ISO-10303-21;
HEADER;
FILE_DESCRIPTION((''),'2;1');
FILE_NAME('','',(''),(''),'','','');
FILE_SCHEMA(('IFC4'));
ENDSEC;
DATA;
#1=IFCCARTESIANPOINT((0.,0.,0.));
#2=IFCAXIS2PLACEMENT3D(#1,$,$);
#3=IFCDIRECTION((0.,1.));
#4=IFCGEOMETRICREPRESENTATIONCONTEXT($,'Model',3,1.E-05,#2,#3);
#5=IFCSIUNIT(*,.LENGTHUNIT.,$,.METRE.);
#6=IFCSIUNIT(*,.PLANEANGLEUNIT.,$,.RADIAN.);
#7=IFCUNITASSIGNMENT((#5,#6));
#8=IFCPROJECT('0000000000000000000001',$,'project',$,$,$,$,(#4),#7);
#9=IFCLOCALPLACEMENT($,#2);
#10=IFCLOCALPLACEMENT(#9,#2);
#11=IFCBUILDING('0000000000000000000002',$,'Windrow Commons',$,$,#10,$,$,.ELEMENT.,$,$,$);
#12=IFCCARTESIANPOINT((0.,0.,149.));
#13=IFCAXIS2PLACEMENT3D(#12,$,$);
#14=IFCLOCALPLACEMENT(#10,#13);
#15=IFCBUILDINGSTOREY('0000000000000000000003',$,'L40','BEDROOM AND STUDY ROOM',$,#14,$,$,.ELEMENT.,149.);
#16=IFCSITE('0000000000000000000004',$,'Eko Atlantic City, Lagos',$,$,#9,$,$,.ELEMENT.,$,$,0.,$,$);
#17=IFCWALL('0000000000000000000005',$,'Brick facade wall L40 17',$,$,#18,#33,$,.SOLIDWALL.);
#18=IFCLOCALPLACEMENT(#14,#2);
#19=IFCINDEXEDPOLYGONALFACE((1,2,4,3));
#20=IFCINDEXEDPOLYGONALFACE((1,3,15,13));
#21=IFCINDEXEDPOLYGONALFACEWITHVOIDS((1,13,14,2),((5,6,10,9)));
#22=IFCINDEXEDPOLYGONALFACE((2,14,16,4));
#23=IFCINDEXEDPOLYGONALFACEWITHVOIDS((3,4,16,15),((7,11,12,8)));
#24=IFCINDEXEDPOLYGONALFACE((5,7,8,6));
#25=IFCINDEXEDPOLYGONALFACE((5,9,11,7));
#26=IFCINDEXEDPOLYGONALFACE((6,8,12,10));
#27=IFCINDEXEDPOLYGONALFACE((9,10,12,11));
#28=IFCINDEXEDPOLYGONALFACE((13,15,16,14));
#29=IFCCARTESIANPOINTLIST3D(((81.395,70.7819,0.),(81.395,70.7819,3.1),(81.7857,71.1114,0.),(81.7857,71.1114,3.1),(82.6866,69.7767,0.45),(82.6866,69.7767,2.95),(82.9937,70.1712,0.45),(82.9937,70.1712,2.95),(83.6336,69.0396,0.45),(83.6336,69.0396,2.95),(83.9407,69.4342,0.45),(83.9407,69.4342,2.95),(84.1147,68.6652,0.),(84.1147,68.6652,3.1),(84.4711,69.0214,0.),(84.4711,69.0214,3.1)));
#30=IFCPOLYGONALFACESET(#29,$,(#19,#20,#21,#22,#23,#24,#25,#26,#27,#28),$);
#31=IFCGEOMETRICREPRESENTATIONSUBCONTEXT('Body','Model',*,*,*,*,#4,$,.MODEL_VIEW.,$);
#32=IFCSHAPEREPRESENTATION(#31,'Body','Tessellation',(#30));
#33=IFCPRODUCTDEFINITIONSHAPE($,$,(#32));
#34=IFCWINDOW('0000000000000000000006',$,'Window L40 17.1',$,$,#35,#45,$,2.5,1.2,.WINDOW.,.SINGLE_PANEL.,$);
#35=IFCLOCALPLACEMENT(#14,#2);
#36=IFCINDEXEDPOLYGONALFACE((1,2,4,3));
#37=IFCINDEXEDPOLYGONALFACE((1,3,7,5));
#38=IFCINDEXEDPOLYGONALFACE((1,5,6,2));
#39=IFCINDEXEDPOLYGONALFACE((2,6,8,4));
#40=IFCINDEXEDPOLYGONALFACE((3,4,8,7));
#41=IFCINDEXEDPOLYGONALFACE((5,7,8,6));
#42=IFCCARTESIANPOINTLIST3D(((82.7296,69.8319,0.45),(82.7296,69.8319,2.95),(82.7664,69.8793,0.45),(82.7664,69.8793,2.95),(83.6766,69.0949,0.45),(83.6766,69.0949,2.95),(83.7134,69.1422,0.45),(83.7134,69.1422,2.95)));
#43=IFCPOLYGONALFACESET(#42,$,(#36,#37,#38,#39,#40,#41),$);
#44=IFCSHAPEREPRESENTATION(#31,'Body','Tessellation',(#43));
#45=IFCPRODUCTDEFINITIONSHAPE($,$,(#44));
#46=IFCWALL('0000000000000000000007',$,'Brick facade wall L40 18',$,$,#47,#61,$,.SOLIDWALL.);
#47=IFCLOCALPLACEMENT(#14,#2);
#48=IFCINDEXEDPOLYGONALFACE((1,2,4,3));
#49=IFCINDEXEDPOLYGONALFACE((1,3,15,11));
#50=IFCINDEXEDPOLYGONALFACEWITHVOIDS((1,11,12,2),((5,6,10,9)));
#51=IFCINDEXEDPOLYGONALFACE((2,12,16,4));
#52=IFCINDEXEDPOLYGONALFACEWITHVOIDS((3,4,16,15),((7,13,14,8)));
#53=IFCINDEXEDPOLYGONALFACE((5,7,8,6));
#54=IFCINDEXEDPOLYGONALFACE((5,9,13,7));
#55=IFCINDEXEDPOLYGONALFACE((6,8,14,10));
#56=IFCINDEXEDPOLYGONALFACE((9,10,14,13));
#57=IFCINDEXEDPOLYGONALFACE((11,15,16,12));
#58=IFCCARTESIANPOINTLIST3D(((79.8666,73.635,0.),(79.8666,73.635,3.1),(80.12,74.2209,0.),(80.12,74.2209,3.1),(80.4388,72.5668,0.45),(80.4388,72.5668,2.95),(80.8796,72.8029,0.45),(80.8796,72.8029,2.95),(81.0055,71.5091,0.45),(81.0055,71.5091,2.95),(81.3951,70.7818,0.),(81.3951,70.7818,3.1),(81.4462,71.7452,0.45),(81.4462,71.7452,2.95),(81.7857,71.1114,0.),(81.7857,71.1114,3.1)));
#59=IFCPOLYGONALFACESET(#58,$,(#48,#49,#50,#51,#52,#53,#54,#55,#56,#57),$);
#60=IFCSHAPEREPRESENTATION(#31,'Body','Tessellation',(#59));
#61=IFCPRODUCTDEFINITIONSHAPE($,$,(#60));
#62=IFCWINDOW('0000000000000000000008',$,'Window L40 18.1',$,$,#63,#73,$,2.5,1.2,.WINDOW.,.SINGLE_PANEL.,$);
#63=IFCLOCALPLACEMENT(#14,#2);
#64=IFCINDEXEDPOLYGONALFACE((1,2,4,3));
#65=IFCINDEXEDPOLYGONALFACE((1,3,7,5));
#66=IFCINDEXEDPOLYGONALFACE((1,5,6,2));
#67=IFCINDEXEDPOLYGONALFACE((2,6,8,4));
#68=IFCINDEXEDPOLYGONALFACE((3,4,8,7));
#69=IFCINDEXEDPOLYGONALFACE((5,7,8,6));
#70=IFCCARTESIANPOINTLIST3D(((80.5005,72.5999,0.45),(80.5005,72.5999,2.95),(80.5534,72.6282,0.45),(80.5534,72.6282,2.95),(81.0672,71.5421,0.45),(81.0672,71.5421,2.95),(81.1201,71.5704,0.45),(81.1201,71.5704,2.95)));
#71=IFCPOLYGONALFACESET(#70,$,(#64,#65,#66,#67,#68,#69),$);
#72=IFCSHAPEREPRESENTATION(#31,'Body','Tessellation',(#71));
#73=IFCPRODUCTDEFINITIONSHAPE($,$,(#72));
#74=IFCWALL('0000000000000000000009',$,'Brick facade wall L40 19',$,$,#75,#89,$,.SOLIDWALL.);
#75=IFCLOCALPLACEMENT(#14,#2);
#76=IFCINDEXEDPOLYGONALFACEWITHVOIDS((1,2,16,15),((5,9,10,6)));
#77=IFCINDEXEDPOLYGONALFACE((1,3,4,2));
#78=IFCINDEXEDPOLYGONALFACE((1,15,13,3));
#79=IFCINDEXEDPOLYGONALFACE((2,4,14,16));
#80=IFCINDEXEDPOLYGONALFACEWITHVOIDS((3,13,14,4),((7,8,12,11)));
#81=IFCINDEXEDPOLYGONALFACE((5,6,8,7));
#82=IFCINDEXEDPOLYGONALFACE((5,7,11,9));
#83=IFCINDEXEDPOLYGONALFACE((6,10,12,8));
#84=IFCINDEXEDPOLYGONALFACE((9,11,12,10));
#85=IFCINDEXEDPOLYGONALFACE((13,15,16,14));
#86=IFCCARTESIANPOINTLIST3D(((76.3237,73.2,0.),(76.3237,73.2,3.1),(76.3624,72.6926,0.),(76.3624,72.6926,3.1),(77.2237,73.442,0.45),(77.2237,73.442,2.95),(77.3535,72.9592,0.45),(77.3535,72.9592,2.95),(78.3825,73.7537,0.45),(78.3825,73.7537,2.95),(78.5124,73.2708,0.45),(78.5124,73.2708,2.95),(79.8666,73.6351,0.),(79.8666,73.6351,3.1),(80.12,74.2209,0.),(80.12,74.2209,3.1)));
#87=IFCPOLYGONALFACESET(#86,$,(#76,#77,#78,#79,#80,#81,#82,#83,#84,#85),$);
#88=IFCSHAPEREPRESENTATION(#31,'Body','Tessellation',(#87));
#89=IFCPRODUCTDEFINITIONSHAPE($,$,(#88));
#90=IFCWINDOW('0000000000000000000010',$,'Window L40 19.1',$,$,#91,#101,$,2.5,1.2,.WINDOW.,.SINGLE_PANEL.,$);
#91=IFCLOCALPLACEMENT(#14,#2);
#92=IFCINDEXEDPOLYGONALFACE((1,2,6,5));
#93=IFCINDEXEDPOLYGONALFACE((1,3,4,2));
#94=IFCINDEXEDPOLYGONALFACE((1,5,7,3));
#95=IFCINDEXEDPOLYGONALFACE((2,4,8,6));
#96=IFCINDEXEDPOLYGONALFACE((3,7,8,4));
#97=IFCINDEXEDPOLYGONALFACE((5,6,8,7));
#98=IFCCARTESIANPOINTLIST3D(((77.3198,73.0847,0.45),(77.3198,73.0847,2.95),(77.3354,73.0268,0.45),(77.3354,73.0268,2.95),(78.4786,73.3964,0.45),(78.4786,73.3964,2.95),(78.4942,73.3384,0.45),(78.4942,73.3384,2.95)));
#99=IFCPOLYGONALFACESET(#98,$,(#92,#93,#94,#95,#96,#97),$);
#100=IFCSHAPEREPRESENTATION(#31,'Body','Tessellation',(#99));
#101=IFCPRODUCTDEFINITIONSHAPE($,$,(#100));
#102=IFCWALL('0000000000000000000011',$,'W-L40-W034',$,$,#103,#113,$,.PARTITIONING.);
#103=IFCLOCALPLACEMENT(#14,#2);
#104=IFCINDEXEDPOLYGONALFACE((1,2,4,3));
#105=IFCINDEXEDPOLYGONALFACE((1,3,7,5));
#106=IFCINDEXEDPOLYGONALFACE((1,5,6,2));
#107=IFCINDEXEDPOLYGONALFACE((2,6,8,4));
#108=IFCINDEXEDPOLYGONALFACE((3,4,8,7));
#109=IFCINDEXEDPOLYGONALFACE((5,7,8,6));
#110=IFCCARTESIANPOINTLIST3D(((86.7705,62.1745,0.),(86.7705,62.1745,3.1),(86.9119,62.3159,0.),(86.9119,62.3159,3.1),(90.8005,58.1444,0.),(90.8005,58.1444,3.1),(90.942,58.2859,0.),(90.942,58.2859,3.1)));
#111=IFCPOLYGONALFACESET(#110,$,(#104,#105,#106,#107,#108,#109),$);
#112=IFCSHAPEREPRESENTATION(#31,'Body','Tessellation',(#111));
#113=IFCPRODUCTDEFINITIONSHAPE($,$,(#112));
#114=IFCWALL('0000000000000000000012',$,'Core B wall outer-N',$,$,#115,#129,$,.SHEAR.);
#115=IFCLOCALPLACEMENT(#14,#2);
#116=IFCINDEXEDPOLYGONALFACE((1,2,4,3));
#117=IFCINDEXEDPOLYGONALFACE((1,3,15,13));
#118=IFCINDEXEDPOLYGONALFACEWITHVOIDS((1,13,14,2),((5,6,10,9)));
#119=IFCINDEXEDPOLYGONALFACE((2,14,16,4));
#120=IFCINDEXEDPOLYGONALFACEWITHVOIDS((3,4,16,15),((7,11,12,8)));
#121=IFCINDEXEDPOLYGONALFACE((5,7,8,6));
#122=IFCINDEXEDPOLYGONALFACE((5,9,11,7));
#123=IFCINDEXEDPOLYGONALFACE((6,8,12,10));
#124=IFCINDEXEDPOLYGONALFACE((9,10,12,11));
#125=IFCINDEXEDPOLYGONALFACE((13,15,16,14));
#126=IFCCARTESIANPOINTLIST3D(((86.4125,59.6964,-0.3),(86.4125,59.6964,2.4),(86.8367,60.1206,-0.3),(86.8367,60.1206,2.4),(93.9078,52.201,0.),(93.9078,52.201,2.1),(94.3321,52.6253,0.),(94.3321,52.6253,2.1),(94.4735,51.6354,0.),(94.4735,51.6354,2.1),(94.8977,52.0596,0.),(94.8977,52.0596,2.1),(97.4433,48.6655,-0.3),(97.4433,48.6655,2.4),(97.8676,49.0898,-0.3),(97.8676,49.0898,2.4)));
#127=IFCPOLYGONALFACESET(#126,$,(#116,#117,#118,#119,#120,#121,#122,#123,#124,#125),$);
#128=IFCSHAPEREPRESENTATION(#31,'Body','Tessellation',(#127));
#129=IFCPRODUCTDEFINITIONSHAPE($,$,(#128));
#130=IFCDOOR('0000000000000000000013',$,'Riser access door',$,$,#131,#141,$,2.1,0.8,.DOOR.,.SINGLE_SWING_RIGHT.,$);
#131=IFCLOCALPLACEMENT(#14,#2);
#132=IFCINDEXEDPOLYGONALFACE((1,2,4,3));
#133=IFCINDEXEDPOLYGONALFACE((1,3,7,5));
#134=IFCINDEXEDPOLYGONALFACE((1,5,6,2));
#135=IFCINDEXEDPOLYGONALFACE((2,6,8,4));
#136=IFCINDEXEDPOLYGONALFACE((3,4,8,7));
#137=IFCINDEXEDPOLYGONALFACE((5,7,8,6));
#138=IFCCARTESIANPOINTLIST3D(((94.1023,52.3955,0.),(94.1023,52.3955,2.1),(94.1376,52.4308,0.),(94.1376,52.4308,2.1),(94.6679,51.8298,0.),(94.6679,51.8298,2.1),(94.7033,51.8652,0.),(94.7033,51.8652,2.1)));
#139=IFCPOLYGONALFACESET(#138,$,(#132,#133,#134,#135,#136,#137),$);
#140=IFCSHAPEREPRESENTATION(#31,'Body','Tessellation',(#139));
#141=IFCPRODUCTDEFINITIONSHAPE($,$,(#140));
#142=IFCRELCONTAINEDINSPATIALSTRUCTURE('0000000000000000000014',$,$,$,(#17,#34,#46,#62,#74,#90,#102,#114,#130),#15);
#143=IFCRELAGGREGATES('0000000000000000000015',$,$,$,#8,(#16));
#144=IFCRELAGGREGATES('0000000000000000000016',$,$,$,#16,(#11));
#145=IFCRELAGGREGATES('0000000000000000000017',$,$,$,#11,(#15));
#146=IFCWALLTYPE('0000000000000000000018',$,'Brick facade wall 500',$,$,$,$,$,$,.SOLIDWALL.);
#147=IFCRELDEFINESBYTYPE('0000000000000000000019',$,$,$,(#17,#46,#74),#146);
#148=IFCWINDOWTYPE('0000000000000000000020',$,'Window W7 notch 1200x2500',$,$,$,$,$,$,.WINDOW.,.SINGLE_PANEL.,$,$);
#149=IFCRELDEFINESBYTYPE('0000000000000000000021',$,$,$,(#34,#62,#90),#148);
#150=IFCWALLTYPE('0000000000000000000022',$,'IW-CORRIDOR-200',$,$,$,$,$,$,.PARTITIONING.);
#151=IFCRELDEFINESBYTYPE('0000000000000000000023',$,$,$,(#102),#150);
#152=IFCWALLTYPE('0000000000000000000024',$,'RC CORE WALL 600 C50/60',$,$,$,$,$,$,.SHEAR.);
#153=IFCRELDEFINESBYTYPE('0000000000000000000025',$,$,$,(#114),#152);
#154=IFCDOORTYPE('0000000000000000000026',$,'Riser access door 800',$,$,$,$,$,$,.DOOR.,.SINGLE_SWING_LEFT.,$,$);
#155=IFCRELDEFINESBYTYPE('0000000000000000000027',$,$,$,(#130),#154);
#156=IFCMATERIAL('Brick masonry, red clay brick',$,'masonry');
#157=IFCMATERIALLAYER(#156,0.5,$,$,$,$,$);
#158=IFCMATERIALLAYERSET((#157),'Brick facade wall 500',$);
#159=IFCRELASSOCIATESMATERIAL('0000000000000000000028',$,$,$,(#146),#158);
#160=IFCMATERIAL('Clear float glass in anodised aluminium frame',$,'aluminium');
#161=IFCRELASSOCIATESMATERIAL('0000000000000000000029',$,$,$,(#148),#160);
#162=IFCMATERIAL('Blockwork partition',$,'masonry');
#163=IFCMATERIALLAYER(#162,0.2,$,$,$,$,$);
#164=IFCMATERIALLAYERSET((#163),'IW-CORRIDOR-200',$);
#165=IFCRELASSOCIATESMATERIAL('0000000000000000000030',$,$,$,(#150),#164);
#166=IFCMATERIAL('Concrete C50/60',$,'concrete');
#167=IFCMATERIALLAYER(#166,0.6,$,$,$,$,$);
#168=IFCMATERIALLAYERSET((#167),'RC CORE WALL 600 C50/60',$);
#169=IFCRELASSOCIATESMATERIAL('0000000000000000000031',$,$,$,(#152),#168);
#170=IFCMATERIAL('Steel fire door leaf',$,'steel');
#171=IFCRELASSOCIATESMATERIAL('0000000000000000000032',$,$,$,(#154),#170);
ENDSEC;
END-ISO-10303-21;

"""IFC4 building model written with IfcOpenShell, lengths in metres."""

from ifc_helpers import new_model, si_unit, direction, frame, frame_2d, origin, place, context, subcontext, project, spatial, polyline, rectangle, outline, extrude, material, layer, layer_set, type_object, element, fill, save


model = new_model("IFC4")

# Units and contexts
model_context = context("Model", 3, precision=1e-05, world=origin(), true_north=direction((0.0, 1.0)))
body_context = subcontext(model_context, "Body", "Model", "MODEL_VIEW")
ifc_project = project(units=[si_unit("LENGTHUNIT", "METRE"), si_unit("PLANEANGLEUNIT", "RADIAN")], contexts=[model_context])

# Site, building, storey
site_placement = place(None, origin())
site = spatial("IfcSite", under=ifc_project, at=site_placement, Name="Eko Atlantic City, Lagos", CompositionType="ELEMENT", RefElevation=0.0)
building_placement = place(site_placement, origin())
building = spatial("IfcBuilding", under=site, at=building_placement, Name="Windrow Commons", CompositionType="ELEMENT")
storey_placement = place(building_placement, frame((0.0, 0.0, 149.0)))
storey = spatial("IfcBuildingStorey", under=building, at=storey_placement, Name="L40", Description="BEDROOM AND STUDY ROOM", CompositionType="ELEMENT", Elevation=149.0)

# Shared definitions
ifc_material_1 = material(Name="Brick masonry, red clay brick", Category="masonry")
ifc_layer_1 = layer(ifc_material_1, 0.5)
ifc_layer_set_1 = layer_set([ifc_layer_1], Name="Brick facade wall 500")
wall_type_1 = type_object("IfcWallType", Name="Brick facade wall 500", PredefinedType="SOLIDWALL", material=ifc_layer_set_1)
ifc_material_2 = material(Name="Clear float glass in anodised aluminium frame", Category="aluminium")
window_type_1 = type_object("IfcWindowType", Name="Window W7 notch 1200x2500", PartitioningType="SINGLE_PANEL", PredefinedType="WINDOW", material=ifc_material_2)

# Walls, openings, windows
wall_1_placement = place(storey_placement, frame((84.2929, 68.8433, 0.0), z_axis=(0.0, 0.0, 1.0), x_axis=(-0.78916, 0.614187, 0.0)))
wall_1 = element("IfcWall", 1, at=wall_1_placement, inside=storey, type_object=wall_type_1, Name="Brick facade wall L40 17", PredefinedType="SOLIDWALL", context=body_context, shape_type="SweptSolid", body=[
    extrude(outline(polyline([(-0.0312, -0.25), (3.3716, -0.25), (3.4776, 0.25), (0.0312, 0.25), (-0.0312, -0.25)])), origin(), (0.0, 0.0, 1.0), 3.1),
])
opening_1_placement = place(wall_1_placement, frame((0.6409, 0.0, 0.45)))
opening_1 = element("IfcOpeningElement", 2, at=opening_1_placement, cuts=wall_1, PredefinedType="OPENING", context=body_context, shape_type="SweptSolid", body=[
    extrude(rectangle(XDim=1.2, YDim=2.5, at=frame_2d((0.6, 1.25))), frame((0.0, 0.26, 0.0), z_axis=(0.0, -1.0, 0.0), x_axis=(1.0, 0.0, 0.0)), (0.0, 0.0, 1.0), 0.52),
])
window_1_placement = place(opening_1_placement, origin())
window_1 = element("IfcWindow", 3, at=window_1_placement, inside=storey, type_object=window_type_1, Name="Window L40 17.1", OverallHeight=2.5, OverallWidth=1.2, PartitioningType="SINGLE_PANEL", PredefinedType="WINDOW", context=body_context, shape_type="SweptSolid", body=[
    extrude(rectangle(XDim=1.2, YDim=2.5, at=frame_2d((0.6, 1.25))), frame((0.0, 0.18, 0.0), z_axis=(0.0, -1.0, 0.0), x_axis=(1.0, 0.0, 0.0)), (0.0, 0.0, 1.0), 0.06),
])
fill(opening_1, window_1)
wall_2_placement = place(storey_placement, frame((81.5904, 70.9466, 0.0), z_axis=(0.0, 0.0, 1.0), x_axis=(-0.472203, 0.88149, 0.0)))
wall_2 = element("IfcWall", 4, at=wall_2_placement, inside=storey, type_object=wall_type_1, Name="Brick facade wall L40 18", PredefinedType="SOLIDWALL", context=body_context, shape_type="SweptSolid", body=[
    extrude(outline(polyline([(0.053, -0.25), (3.5806, -0.25), (3.1838, 0.25), (-0.053, 0.25), (0.053, -0.25)])), origin(), (0.0, 0.0, 1.0), 3.1),
])
opening_2_placement = place(wall_2_placement, frame((0.772, 0.0, 0.45)))
opening_2 = element("IfcOpeningElement", 5, at=opening_2_placement, cuts=wall_2, PredefinedType="OPENING", context=body_context, shape_type="SweptSolid", body=[
    extrude(rectangle(XDim=1.2, YDim=2.5, at=frame_2d((0.6, 1.25))), frame((0.0, 0.26, 0.0), z_axis=(0.0, -1.0, 0.0), x_axis=(1.0, 0.0, 0.0)), (0.0, 0.0, 1.0), 0.52),
])
window_2_placement = place(opening_2_placement, origin())
window_2 = element("IfcWindow", 6, at=window_2_placement, inside=storey, type_object=window_type_1, Name="Window L40 18.1", OverallHeight=2.5, OverallWidth=1.2, PartitioningType="SINGLE_PANEL", PredefinedType="WINDOW", context=body_context, shape_type="SweptSolid", body=[
    extrude(rectangle(XDim=1.2, YDim=2.5, at=frame_2d((0.6, 1.25))), frame((0.0, 0.18, 0.0), z_axis=(0.0, -1.0, 0.0), x_axis=(1.0, 0.0, 0.0)), (0.0, 0.0, 1.0), 0.06),
])
fill(opening_2, window_2)
wall_3_placement = place(storey_placement, frame((79.9933, 73.928, 0.0), z_axis=(0.0, 0.0, 1.0), x_axis=(-0.965685, -0.259715, 0.0)))
wall_3 = element("IfcWall", 7, at=wall_3_placement, inside=storey, type_object=wall_type_1, Name="Brick facade wall L40 19", PredefinedType="SOLIDWALL", context=body_context, shape_type="SweptSolid", body=[
    extrude(outline(polyline([(-0.1984, -0.25), (3.7328, -0.25), (3.8272, 0.25), (0.1984, 0.25), (-0.1984, -0.25)])), origin(), (0.0, 0.0, 1.0), 3.1),
])
opening_3_placement = place(wall_3_placement, frame((1.6008, 0.0, 0.45)))
opening_3 = element("IfcOpeningElement", 8, at=opening_3_placement, cuts=wall_3, PredefinedType="OPENING", context=body_context, shape_type="SweptSolid", body=[
    extrude(rectangle(XDim=1.2, YDim=2.5, at=frame_2d((0.6, 1.25))), frame((0.0, 0.26, 0.0), z_axis=(0.0, -1.0, 0.0), x_axis=(1.0, 0.0, 0.0)), (0.0, 0.0, 1.0), 0.52),
])
window_3_placement = place(opening_3_placement, origin())
window_3 = element("IfcWindow", 9, at=window_3_placement, inside=storey, type_object=window_type_1, Name="Window L40 19.1", OverallHeight=2.5, OverallWidth=1.2, PartitioningType="SINGLE_PANEL", PredefinedType="WINDOW", context=body_context, shape_type="SweptSolid", body=[
    extrude(rectangle(XDim=1.2, YDim=2.5, at=frame_2d((0.6, 1.25))), frame((0.0, 0.18, 0.0), z_axis=(0.0, -1.0, 0.0), x_axis=(1.0, 0.0, 0.0)), (0.0, 0.0, 1.0), 0.06),
])
fill(opening_3, window_3)

# Wall
ifc_material_3 = material(Name="Blockwork partition", Category="masonry")
ifc_layer_2 = layer(ifc_material_3, 0.2)
ifc_layer_set_2 = layer_set([ifc_layer_2], Name="IW-CORRIDOR-200")
wall_type_2 = type_object("IfcWallType", Name="IW-CORRIDOR-200", PredefinedType="PARTITIONING", material=ifc_layer_set_2)
wall_4_placement = place(storey_placement, frame((86.8412, 62.2452, 0.0), z_axis=(0.0, 0.0, 1.0), x_axis=(0.707107, -0.707107, 0.0)))
element("IfcWall", 10, at=wall_4_placement, inside=storey, type_object=wall_type_2, Name="W-L40-W034", PredefinedType="PARTITIONING", context=body_context, shape_type="SweptSolid", body=[
    extrude(rectangle(XDim=5.6993, YDim=0.2, at=frame_2d((2.8497, 0.0))), origin(), (0.0, 0.0, 1.0), 3.1),
])

# Wall, opening, door
ifc_material_4 = material(Name="Concrete C50/60", Category="concrete")
ifc_layer_3 = layer(ifc_material_4, 0.6)
ifc_layer_set_3 = layer_set([ifc_layer_3], Name="RC CORE WALL 600 C50/60")
wall_type_3 = type_object("IfcWallType", Name="RC CORE WALL 600 C50/60", PredefinedType="SHEAR", material=ifc_layer_set_3)
wall_5_placement = place(storey_placement, frame((86.6246, 59.9085, -0.3), z_axis=(0.0, 0.0, 1.0), x_axis=(0.707107, -0.707107, 0.0)))
wall_5 = element("IfcWall", 11, at=wall_5_placement, inside=storey, type_object=wall_type_3, Name="Core B wall outer-N", PredefinedType="SHEAR", context=body_context, shape_type="SweptSolid", body=[
    extrude(rectangle(XDim=15.6, YDim=0.6, at=frame_2d((7.8, 0.0))), origin(), (0.0, 0.0, 1.0), 2.7),
])
opening_4_placement = place(wall_5_placement, frame((10.6, 0.0, 0.3)))
opening_4 = element("IfcOpeningElement", 12, at=opening_4_placement, cuts=wall_5, PredefinedType="OPENING", context=body_context, shape_type="SweptSolid", body=[
    extrude(rectangle(XDim=0.8, YDim=2.1, at=frame_2d((0.4, 1.05))), frame((0.0, 0.31, 0.0), z_axis=(0.0, -1.0, 0.0), x_axis=(1.0, 0.0, 0.0)), (0.0, 0.0, 1.0), 0.62),
])
ifc_material_5 = material(Name="Steel fire door leaf", Category="steel")
door_type = type_object("IfcDoorType", Name="Riser access door 800", OperationType="SINGLE_SWING_LEFT", PredefinedType="DOOR", material=ifc_material_5)
door_placement = place(opening_4_placement, origin())
door = element("IfcDoor", 13, at=door_placement, inside=storey, type_object=door_type, Name="Riser access door", OperationType="SINGLE_SWING_RIGHT", OverallHeight=2.1, OverallWidth=0.8, PredefinedType="DOOR", context=body_context, shape_type="SweptSolid", body=[
    extrude(rectangle(XDim=0.8, YDim=2.1, at=frame_2d((0.4, 1.05))), frame((0.0, 0.025, 0.0), z_axis=(0.0, -1.0, 0.0), x_axis=(1.0, 0.0, 0.0)), (0.0, 0.0, 1.0), 0.05),
])
fill(opening_4, door)

save(model, "model.ifc")
